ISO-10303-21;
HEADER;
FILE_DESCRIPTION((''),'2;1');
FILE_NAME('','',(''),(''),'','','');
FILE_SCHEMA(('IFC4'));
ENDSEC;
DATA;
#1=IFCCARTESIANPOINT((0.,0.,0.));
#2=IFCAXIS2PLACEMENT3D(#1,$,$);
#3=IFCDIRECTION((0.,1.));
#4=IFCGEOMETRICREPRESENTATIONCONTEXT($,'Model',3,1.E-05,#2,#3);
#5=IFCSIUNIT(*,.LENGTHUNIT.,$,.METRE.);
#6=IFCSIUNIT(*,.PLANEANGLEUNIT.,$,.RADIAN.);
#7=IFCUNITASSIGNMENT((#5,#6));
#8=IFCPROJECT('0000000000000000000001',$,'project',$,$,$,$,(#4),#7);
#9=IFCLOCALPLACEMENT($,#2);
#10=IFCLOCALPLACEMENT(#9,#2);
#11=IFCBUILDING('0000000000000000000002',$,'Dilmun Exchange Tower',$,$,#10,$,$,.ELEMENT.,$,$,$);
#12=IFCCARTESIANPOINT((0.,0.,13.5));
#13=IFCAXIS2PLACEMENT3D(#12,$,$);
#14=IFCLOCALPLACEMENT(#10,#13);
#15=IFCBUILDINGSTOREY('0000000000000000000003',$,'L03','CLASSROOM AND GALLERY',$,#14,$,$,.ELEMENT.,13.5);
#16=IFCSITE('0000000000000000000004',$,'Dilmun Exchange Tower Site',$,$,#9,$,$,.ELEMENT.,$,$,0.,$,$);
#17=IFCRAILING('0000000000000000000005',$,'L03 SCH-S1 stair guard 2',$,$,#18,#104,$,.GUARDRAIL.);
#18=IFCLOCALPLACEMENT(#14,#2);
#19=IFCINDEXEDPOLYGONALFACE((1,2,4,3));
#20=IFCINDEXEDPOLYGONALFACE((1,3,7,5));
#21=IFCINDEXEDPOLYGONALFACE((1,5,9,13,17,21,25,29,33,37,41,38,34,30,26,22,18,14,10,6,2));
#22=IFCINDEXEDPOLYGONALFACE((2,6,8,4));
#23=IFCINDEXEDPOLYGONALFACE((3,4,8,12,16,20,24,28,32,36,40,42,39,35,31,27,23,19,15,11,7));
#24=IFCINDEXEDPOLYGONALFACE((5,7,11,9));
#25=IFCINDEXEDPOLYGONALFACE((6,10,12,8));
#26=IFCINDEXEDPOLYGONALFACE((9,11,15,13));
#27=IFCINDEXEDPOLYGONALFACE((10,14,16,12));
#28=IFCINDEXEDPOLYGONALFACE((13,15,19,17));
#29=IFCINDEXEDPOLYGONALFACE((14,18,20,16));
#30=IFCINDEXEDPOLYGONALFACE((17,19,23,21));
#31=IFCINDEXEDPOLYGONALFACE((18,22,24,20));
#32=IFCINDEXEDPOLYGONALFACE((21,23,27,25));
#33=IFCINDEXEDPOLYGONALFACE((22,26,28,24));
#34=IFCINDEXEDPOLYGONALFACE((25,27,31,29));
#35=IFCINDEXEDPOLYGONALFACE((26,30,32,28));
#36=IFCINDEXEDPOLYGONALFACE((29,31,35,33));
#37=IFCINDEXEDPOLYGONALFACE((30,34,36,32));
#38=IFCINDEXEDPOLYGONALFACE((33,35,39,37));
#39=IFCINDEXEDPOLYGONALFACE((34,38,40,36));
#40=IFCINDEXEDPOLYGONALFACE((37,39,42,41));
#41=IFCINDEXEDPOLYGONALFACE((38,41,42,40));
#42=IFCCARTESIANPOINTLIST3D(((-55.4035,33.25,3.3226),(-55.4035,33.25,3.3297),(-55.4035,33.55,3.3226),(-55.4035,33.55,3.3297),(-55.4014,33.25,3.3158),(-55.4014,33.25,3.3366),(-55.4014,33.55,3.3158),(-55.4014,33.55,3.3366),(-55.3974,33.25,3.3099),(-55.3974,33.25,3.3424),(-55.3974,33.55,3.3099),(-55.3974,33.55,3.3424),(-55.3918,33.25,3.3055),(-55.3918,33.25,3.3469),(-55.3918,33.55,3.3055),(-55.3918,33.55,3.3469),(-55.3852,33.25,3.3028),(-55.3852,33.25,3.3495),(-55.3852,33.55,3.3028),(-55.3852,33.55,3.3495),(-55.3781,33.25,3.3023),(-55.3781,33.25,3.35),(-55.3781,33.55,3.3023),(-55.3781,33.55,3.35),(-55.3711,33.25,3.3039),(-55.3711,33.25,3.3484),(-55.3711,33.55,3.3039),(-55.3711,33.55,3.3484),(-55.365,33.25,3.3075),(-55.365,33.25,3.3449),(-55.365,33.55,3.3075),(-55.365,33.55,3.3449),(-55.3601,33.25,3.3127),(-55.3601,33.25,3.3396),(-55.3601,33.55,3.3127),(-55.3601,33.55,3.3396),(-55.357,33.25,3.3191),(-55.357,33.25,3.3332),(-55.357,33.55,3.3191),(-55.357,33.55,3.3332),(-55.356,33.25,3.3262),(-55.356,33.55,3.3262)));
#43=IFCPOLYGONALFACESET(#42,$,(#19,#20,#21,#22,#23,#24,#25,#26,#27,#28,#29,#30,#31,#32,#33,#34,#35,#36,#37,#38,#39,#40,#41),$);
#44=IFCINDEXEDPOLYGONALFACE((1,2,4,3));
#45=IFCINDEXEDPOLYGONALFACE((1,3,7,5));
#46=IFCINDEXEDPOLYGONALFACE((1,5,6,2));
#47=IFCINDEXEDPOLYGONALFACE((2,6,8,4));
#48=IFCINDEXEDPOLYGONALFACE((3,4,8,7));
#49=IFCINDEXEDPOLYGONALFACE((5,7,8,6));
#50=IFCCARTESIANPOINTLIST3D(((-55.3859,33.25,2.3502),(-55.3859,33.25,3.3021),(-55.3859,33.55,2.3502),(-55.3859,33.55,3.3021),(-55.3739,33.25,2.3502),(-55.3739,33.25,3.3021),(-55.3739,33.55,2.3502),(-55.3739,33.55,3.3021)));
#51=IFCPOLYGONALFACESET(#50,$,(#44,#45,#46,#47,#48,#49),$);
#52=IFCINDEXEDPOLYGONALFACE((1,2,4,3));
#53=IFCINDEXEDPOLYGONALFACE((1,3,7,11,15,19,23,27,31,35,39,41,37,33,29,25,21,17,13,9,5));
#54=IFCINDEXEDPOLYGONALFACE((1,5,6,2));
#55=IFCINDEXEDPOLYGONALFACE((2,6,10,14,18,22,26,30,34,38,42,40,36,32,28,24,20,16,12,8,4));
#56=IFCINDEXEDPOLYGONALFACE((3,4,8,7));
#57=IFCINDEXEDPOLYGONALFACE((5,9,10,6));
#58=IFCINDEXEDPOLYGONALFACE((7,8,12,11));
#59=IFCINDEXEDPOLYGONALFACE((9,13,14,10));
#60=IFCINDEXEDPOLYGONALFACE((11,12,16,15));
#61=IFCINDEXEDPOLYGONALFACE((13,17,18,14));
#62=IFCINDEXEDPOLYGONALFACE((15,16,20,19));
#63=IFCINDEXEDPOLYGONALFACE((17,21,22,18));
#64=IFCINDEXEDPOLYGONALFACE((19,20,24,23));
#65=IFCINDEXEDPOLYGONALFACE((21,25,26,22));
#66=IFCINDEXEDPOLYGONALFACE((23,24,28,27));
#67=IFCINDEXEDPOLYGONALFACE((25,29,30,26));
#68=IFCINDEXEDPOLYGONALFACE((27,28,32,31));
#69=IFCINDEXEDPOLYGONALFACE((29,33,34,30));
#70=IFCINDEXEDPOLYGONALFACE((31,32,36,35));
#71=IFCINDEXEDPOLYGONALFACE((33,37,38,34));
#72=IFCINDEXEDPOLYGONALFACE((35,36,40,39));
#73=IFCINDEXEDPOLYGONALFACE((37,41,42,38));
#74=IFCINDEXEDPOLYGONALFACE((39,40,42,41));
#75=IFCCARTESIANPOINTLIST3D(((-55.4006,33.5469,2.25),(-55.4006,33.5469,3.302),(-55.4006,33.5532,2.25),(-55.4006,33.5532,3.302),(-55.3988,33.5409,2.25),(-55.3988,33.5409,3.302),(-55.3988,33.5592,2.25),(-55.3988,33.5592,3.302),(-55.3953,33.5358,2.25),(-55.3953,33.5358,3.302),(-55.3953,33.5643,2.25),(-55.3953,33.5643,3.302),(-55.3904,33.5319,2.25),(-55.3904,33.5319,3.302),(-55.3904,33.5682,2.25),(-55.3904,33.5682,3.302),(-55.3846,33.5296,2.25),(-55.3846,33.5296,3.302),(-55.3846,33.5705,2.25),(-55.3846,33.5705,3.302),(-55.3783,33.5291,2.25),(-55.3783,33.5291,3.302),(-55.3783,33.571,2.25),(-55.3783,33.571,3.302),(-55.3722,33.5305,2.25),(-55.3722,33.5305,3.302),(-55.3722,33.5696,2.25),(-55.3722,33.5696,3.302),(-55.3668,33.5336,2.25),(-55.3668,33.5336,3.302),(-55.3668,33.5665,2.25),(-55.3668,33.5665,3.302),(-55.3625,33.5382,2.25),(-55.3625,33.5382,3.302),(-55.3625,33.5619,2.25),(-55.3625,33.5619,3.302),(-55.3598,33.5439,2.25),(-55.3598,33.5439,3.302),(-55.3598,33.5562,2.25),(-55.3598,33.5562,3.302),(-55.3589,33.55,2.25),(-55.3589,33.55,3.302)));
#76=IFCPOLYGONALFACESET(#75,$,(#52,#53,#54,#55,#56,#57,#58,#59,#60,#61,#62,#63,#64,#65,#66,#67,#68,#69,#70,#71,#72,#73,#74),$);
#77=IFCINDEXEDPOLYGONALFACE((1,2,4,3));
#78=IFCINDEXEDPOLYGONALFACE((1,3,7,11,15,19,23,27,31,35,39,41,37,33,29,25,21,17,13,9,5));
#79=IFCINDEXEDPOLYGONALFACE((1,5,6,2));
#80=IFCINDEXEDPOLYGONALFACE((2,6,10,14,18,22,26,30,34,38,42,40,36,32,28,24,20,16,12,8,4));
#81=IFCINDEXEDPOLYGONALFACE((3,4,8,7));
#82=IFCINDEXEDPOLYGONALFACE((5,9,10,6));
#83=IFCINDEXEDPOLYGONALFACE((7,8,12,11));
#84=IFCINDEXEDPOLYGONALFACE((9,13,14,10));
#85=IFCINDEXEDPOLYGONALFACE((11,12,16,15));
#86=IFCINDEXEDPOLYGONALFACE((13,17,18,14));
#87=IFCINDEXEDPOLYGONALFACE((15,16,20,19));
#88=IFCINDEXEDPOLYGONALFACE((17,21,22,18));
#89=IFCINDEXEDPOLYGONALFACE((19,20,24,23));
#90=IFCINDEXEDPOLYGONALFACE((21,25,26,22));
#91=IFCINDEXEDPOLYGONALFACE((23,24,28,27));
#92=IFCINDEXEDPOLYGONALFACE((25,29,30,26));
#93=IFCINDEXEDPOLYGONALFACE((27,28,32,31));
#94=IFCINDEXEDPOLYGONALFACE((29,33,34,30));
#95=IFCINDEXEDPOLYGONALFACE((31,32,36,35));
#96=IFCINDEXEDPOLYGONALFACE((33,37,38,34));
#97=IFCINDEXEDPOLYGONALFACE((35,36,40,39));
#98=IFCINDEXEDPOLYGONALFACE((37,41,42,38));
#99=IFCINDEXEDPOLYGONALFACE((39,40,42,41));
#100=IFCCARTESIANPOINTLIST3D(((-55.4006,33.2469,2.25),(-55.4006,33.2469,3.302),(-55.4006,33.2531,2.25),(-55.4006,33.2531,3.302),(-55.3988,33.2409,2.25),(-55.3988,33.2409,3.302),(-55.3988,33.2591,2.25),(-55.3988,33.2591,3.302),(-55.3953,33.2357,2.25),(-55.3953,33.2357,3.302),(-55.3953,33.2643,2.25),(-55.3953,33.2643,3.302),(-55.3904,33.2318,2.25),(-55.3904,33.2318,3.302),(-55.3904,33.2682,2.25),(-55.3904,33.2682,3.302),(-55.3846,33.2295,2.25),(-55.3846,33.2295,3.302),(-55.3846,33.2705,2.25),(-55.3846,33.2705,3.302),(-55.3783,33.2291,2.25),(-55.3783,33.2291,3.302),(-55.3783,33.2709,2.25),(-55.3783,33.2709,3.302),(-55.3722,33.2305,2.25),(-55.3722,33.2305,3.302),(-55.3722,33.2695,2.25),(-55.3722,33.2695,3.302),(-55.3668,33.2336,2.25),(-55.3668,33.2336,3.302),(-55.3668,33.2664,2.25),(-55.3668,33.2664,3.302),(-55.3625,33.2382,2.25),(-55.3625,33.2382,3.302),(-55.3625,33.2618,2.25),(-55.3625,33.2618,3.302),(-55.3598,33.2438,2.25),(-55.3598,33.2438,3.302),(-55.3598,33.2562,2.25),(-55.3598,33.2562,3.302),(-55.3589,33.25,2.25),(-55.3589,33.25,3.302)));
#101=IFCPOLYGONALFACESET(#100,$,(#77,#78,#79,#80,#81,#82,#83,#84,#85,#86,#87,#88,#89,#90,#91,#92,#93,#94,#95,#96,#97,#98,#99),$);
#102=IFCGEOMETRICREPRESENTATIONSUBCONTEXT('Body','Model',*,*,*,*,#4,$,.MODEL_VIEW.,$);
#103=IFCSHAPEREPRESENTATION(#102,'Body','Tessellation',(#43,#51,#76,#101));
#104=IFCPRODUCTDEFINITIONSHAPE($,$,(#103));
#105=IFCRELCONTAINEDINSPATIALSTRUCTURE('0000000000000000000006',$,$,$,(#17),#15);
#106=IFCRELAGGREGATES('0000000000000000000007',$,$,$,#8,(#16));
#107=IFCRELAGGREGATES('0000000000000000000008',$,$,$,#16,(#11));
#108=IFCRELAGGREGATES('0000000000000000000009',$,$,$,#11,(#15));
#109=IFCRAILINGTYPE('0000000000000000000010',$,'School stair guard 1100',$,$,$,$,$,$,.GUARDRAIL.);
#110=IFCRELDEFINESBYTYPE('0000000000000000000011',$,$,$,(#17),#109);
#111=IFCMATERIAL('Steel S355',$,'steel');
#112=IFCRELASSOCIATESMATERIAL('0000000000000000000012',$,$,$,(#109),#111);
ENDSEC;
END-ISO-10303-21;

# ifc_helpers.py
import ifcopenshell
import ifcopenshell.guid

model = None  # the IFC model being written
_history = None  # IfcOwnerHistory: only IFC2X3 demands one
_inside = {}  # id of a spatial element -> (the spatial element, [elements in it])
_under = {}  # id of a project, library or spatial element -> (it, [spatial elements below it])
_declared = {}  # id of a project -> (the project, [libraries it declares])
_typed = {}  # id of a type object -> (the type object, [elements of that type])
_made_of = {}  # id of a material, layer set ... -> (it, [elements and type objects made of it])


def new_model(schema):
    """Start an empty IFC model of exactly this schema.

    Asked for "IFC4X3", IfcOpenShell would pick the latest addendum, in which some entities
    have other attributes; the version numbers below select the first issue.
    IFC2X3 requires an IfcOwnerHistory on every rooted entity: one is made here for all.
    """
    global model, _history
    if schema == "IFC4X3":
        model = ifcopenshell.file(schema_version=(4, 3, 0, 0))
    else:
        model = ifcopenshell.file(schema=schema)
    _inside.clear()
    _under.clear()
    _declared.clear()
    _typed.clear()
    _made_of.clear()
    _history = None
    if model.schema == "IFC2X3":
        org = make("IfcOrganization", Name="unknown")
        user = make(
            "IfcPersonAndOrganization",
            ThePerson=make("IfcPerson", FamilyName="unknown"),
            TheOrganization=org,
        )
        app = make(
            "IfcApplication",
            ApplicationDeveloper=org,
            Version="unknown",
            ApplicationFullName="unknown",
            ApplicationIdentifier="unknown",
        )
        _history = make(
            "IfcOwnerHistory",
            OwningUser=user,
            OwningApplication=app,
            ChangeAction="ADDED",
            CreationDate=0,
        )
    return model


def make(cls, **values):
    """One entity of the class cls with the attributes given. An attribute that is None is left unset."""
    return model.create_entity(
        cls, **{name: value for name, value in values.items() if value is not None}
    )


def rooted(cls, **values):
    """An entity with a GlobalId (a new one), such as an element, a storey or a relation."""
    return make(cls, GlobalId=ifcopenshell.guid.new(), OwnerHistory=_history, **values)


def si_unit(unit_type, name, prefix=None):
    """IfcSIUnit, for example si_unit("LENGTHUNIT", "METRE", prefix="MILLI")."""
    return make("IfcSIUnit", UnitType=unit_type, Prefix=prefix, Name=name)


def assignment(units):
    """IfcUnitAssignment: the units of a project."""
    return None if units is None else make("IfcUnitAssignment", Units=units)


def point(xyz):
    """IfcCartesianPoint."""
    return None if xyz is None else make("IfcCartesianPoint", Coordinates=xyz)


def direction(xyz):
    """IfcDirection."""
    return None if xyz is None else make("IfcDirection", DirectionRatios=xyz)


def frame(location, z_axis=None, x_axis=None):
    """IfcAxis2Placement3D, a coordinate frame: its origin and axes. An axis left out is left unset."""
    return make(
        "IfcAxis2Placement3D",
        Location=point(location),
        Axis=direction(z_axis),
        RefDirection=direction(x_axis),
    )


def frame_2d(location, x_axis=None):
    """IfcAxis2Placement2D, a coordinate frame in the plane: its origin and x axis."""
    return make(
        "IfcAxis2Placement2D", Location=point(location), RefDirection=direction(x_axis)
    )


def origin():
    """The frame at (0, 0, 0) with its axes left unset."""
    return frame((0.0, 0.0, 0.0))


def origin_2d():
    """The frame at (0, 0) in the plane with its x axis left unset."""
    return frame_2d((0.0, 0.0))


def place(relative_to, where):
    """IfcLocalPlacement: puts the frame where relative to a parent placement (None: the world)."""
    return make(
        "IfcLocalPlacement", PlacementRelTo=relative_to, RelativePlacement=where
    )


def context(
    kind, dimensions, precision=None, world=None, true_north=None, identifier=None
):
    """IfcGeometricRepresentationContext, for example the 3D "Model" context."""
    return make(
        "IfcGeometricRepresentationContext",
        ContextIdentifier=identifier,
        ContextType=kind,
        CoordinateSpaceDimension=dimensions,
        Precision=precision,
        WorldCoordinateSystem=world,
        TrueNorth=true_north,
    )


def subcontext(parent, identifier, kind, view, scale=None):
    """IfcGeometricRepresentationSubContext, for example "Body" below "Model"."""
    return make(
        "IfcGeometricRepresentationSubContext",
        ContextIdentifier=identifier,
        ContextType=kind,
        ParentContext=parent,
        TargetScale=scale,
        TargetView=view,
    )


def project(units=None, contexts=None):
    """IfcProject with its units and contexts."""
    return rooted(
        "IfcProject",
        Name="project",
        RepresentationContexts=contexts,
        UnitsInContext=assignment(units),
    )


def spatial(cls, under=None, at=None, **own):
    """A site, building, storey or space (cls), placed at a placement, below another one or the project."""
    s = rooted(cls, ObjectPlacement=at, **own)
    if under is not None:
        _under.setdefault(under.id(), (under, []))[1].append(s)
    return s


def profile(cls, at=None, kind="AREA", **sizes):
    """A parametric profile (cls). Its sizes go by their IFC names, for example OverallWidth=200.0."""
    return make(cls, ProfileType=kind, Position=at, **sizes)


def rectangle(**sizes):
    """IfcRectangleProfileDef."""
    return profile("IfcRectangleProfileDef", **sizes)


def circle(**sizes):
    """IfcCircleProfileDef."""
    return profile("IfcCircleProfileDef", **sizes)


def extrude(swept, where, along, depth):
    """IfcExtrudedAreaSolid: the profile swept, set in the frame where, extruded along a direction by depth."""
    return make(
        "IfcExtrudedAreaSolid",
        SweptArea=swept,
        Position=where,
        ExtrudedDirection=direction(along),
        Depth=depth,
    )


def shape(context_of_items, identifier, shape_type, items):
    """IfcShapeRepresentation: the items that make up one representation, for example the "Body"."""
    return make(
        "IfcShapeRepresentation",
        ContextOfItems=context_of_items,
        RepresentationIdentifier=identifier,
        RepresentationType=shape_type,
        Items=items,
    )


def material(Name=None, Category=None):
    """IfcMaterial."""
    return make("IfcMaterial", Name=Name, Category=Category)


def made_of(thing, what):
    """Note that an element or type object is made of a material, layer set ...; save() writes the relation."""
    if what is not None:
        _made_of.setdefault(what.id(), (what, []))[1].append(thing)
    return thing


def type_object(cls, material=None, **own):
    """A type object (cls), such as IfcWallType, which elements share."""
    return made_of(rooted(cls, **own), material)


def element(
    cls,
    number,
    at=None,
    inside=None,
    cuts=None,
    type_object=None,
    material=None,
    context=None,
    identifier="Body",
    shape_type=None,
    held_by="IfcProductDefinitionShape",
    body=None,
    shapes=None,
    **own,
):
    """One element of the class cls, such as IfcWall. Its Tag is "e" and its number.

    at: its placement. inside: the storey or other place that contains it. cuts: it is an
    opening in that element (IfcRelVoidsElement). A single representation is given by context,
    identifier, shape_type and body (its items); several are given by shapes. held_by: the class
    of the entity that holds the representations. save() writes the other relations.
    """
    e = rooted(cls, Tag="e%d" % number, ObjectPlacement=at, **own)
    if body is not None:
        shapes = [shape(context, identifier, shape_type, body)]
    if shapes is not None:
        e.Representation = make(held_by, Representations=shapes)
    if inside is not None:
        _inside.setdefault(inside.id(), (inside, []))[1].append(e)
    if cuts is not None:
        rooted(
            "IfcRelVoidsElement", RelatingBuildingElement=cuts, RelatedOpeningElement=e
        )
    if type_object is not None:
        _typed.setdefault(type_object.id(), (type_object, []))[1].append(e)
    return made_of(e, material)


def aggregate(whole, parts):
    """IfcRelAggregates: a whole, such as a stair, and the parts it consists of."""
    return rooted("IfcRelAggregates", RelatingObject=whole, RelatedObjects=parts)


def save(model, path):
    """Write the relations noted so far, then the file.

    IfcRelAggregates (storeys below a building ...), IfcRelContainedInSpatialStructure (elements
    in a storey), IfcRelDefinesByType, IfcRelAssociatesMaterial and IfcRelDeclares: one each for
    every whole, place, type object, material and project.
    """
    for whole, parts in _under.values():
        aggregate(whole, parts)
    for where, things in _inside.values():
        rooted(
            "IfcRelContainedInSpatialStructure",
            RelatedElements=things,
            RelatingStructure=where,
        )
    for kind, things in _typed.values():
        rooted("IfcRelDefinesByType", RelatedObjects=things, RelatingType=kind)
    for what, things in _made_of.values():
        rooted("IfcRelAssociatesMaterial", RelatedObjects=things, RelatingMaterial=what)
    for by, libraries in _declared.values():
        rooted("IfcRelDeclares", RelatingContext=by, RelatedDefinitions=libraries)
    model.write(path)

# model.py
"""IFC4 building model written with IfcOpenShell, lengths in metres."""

from ifc_helpers import new_model, si_unit, direction, frame, origin, origin_2d, place, context, subcontext, project, spatial, rectangle, circle, extrude, material, type_object, element, save


model = new_model("IFC4")

# Units and contexts
model_context = context("Model", 3, precision=1e-05, world=origin(), true_north=direction((0.0, 1.0)))
body_context = subcontext(model_context, "Body", "Model", "MODEL_VIEW")
ifc_project = project(units=[si_unit("LENGTHUNIT", "METRE"), si_unit("PLANEANGLEUNIT", "RADIAN")], contexts=[model_context])

# Site, building, storey
site_placement = place(None, origin())
site = spatial("IfcSite", under=ifc_project, at=site_placement, Name="Dilmun Exchange Tower Site", CompositionType="ELEMENT", RefElevation=0.0)
building_placement = place(site_placement, origin())
building = spatial("IfcBuilding", under=site, at=building_placement, Name="Dilmun Exchange Tower", CompositionType="ELEMENT")
storey_placement = place(building_placement, frame((0.0, 0.0, 13.5)))
storey = spatial("IfcBuildingStorey", under=building, at=storey_placement, Name="L03", Description="CLASSROOM AND GALLERY", CompositionType="ELEMENT", Elevation=13.5)

# Railing
ifc_material_1 = material(Name="Steel S355", Category="steel")
railing_type_1 = type_object("IfcRailingType", Name="School stair guard 1100", PredefinedType="GUARDRAIL", material=ifc_material_1)
railing_1_placement = place(storey_placement, frame((-55.3799, 33.55, 2.25)))
element("IfcRailing", 1, at=railing_1_placement, inside=storey, type_object=railing_type_1, Name="L03 SCH-S1 stair guard 2", PredefinedType="GUARDRAIL", context=body_context, shape_type="SweptSolid", body=[
    extrude(circle(Radius=0.0239, at=origin_2d()), frame((0.0, 0.0, 1.0762), z_axis=(0.0, -1.0, 0.0), x_axis=(1.0, 0.0, 0.0)), (0.0, 0.0, 1.0), 0.3),
    extrude(rectangle(XDim=0.012, YDim=0.9519, at=origin_2d()), frame((0.0, 0.0, 0.5762), z_axis=(0.0, -1.0, 0.0), x_axis=(1.0, 0.0, 0.0)), (0.0, 0.0, 1.0), 0.3),
    extrude(circle(Radius=0.021, at=origin_2d()), origin(), (0.0, 0.0, 1.0), 1.052),
    extrude(circle(Radius=0.021, at=origin_2d()), frame((0.0, -0.3, 0.0)), (0.0, 0.0, 1.0), 1.052),
])

save(model, "model.ifc")
